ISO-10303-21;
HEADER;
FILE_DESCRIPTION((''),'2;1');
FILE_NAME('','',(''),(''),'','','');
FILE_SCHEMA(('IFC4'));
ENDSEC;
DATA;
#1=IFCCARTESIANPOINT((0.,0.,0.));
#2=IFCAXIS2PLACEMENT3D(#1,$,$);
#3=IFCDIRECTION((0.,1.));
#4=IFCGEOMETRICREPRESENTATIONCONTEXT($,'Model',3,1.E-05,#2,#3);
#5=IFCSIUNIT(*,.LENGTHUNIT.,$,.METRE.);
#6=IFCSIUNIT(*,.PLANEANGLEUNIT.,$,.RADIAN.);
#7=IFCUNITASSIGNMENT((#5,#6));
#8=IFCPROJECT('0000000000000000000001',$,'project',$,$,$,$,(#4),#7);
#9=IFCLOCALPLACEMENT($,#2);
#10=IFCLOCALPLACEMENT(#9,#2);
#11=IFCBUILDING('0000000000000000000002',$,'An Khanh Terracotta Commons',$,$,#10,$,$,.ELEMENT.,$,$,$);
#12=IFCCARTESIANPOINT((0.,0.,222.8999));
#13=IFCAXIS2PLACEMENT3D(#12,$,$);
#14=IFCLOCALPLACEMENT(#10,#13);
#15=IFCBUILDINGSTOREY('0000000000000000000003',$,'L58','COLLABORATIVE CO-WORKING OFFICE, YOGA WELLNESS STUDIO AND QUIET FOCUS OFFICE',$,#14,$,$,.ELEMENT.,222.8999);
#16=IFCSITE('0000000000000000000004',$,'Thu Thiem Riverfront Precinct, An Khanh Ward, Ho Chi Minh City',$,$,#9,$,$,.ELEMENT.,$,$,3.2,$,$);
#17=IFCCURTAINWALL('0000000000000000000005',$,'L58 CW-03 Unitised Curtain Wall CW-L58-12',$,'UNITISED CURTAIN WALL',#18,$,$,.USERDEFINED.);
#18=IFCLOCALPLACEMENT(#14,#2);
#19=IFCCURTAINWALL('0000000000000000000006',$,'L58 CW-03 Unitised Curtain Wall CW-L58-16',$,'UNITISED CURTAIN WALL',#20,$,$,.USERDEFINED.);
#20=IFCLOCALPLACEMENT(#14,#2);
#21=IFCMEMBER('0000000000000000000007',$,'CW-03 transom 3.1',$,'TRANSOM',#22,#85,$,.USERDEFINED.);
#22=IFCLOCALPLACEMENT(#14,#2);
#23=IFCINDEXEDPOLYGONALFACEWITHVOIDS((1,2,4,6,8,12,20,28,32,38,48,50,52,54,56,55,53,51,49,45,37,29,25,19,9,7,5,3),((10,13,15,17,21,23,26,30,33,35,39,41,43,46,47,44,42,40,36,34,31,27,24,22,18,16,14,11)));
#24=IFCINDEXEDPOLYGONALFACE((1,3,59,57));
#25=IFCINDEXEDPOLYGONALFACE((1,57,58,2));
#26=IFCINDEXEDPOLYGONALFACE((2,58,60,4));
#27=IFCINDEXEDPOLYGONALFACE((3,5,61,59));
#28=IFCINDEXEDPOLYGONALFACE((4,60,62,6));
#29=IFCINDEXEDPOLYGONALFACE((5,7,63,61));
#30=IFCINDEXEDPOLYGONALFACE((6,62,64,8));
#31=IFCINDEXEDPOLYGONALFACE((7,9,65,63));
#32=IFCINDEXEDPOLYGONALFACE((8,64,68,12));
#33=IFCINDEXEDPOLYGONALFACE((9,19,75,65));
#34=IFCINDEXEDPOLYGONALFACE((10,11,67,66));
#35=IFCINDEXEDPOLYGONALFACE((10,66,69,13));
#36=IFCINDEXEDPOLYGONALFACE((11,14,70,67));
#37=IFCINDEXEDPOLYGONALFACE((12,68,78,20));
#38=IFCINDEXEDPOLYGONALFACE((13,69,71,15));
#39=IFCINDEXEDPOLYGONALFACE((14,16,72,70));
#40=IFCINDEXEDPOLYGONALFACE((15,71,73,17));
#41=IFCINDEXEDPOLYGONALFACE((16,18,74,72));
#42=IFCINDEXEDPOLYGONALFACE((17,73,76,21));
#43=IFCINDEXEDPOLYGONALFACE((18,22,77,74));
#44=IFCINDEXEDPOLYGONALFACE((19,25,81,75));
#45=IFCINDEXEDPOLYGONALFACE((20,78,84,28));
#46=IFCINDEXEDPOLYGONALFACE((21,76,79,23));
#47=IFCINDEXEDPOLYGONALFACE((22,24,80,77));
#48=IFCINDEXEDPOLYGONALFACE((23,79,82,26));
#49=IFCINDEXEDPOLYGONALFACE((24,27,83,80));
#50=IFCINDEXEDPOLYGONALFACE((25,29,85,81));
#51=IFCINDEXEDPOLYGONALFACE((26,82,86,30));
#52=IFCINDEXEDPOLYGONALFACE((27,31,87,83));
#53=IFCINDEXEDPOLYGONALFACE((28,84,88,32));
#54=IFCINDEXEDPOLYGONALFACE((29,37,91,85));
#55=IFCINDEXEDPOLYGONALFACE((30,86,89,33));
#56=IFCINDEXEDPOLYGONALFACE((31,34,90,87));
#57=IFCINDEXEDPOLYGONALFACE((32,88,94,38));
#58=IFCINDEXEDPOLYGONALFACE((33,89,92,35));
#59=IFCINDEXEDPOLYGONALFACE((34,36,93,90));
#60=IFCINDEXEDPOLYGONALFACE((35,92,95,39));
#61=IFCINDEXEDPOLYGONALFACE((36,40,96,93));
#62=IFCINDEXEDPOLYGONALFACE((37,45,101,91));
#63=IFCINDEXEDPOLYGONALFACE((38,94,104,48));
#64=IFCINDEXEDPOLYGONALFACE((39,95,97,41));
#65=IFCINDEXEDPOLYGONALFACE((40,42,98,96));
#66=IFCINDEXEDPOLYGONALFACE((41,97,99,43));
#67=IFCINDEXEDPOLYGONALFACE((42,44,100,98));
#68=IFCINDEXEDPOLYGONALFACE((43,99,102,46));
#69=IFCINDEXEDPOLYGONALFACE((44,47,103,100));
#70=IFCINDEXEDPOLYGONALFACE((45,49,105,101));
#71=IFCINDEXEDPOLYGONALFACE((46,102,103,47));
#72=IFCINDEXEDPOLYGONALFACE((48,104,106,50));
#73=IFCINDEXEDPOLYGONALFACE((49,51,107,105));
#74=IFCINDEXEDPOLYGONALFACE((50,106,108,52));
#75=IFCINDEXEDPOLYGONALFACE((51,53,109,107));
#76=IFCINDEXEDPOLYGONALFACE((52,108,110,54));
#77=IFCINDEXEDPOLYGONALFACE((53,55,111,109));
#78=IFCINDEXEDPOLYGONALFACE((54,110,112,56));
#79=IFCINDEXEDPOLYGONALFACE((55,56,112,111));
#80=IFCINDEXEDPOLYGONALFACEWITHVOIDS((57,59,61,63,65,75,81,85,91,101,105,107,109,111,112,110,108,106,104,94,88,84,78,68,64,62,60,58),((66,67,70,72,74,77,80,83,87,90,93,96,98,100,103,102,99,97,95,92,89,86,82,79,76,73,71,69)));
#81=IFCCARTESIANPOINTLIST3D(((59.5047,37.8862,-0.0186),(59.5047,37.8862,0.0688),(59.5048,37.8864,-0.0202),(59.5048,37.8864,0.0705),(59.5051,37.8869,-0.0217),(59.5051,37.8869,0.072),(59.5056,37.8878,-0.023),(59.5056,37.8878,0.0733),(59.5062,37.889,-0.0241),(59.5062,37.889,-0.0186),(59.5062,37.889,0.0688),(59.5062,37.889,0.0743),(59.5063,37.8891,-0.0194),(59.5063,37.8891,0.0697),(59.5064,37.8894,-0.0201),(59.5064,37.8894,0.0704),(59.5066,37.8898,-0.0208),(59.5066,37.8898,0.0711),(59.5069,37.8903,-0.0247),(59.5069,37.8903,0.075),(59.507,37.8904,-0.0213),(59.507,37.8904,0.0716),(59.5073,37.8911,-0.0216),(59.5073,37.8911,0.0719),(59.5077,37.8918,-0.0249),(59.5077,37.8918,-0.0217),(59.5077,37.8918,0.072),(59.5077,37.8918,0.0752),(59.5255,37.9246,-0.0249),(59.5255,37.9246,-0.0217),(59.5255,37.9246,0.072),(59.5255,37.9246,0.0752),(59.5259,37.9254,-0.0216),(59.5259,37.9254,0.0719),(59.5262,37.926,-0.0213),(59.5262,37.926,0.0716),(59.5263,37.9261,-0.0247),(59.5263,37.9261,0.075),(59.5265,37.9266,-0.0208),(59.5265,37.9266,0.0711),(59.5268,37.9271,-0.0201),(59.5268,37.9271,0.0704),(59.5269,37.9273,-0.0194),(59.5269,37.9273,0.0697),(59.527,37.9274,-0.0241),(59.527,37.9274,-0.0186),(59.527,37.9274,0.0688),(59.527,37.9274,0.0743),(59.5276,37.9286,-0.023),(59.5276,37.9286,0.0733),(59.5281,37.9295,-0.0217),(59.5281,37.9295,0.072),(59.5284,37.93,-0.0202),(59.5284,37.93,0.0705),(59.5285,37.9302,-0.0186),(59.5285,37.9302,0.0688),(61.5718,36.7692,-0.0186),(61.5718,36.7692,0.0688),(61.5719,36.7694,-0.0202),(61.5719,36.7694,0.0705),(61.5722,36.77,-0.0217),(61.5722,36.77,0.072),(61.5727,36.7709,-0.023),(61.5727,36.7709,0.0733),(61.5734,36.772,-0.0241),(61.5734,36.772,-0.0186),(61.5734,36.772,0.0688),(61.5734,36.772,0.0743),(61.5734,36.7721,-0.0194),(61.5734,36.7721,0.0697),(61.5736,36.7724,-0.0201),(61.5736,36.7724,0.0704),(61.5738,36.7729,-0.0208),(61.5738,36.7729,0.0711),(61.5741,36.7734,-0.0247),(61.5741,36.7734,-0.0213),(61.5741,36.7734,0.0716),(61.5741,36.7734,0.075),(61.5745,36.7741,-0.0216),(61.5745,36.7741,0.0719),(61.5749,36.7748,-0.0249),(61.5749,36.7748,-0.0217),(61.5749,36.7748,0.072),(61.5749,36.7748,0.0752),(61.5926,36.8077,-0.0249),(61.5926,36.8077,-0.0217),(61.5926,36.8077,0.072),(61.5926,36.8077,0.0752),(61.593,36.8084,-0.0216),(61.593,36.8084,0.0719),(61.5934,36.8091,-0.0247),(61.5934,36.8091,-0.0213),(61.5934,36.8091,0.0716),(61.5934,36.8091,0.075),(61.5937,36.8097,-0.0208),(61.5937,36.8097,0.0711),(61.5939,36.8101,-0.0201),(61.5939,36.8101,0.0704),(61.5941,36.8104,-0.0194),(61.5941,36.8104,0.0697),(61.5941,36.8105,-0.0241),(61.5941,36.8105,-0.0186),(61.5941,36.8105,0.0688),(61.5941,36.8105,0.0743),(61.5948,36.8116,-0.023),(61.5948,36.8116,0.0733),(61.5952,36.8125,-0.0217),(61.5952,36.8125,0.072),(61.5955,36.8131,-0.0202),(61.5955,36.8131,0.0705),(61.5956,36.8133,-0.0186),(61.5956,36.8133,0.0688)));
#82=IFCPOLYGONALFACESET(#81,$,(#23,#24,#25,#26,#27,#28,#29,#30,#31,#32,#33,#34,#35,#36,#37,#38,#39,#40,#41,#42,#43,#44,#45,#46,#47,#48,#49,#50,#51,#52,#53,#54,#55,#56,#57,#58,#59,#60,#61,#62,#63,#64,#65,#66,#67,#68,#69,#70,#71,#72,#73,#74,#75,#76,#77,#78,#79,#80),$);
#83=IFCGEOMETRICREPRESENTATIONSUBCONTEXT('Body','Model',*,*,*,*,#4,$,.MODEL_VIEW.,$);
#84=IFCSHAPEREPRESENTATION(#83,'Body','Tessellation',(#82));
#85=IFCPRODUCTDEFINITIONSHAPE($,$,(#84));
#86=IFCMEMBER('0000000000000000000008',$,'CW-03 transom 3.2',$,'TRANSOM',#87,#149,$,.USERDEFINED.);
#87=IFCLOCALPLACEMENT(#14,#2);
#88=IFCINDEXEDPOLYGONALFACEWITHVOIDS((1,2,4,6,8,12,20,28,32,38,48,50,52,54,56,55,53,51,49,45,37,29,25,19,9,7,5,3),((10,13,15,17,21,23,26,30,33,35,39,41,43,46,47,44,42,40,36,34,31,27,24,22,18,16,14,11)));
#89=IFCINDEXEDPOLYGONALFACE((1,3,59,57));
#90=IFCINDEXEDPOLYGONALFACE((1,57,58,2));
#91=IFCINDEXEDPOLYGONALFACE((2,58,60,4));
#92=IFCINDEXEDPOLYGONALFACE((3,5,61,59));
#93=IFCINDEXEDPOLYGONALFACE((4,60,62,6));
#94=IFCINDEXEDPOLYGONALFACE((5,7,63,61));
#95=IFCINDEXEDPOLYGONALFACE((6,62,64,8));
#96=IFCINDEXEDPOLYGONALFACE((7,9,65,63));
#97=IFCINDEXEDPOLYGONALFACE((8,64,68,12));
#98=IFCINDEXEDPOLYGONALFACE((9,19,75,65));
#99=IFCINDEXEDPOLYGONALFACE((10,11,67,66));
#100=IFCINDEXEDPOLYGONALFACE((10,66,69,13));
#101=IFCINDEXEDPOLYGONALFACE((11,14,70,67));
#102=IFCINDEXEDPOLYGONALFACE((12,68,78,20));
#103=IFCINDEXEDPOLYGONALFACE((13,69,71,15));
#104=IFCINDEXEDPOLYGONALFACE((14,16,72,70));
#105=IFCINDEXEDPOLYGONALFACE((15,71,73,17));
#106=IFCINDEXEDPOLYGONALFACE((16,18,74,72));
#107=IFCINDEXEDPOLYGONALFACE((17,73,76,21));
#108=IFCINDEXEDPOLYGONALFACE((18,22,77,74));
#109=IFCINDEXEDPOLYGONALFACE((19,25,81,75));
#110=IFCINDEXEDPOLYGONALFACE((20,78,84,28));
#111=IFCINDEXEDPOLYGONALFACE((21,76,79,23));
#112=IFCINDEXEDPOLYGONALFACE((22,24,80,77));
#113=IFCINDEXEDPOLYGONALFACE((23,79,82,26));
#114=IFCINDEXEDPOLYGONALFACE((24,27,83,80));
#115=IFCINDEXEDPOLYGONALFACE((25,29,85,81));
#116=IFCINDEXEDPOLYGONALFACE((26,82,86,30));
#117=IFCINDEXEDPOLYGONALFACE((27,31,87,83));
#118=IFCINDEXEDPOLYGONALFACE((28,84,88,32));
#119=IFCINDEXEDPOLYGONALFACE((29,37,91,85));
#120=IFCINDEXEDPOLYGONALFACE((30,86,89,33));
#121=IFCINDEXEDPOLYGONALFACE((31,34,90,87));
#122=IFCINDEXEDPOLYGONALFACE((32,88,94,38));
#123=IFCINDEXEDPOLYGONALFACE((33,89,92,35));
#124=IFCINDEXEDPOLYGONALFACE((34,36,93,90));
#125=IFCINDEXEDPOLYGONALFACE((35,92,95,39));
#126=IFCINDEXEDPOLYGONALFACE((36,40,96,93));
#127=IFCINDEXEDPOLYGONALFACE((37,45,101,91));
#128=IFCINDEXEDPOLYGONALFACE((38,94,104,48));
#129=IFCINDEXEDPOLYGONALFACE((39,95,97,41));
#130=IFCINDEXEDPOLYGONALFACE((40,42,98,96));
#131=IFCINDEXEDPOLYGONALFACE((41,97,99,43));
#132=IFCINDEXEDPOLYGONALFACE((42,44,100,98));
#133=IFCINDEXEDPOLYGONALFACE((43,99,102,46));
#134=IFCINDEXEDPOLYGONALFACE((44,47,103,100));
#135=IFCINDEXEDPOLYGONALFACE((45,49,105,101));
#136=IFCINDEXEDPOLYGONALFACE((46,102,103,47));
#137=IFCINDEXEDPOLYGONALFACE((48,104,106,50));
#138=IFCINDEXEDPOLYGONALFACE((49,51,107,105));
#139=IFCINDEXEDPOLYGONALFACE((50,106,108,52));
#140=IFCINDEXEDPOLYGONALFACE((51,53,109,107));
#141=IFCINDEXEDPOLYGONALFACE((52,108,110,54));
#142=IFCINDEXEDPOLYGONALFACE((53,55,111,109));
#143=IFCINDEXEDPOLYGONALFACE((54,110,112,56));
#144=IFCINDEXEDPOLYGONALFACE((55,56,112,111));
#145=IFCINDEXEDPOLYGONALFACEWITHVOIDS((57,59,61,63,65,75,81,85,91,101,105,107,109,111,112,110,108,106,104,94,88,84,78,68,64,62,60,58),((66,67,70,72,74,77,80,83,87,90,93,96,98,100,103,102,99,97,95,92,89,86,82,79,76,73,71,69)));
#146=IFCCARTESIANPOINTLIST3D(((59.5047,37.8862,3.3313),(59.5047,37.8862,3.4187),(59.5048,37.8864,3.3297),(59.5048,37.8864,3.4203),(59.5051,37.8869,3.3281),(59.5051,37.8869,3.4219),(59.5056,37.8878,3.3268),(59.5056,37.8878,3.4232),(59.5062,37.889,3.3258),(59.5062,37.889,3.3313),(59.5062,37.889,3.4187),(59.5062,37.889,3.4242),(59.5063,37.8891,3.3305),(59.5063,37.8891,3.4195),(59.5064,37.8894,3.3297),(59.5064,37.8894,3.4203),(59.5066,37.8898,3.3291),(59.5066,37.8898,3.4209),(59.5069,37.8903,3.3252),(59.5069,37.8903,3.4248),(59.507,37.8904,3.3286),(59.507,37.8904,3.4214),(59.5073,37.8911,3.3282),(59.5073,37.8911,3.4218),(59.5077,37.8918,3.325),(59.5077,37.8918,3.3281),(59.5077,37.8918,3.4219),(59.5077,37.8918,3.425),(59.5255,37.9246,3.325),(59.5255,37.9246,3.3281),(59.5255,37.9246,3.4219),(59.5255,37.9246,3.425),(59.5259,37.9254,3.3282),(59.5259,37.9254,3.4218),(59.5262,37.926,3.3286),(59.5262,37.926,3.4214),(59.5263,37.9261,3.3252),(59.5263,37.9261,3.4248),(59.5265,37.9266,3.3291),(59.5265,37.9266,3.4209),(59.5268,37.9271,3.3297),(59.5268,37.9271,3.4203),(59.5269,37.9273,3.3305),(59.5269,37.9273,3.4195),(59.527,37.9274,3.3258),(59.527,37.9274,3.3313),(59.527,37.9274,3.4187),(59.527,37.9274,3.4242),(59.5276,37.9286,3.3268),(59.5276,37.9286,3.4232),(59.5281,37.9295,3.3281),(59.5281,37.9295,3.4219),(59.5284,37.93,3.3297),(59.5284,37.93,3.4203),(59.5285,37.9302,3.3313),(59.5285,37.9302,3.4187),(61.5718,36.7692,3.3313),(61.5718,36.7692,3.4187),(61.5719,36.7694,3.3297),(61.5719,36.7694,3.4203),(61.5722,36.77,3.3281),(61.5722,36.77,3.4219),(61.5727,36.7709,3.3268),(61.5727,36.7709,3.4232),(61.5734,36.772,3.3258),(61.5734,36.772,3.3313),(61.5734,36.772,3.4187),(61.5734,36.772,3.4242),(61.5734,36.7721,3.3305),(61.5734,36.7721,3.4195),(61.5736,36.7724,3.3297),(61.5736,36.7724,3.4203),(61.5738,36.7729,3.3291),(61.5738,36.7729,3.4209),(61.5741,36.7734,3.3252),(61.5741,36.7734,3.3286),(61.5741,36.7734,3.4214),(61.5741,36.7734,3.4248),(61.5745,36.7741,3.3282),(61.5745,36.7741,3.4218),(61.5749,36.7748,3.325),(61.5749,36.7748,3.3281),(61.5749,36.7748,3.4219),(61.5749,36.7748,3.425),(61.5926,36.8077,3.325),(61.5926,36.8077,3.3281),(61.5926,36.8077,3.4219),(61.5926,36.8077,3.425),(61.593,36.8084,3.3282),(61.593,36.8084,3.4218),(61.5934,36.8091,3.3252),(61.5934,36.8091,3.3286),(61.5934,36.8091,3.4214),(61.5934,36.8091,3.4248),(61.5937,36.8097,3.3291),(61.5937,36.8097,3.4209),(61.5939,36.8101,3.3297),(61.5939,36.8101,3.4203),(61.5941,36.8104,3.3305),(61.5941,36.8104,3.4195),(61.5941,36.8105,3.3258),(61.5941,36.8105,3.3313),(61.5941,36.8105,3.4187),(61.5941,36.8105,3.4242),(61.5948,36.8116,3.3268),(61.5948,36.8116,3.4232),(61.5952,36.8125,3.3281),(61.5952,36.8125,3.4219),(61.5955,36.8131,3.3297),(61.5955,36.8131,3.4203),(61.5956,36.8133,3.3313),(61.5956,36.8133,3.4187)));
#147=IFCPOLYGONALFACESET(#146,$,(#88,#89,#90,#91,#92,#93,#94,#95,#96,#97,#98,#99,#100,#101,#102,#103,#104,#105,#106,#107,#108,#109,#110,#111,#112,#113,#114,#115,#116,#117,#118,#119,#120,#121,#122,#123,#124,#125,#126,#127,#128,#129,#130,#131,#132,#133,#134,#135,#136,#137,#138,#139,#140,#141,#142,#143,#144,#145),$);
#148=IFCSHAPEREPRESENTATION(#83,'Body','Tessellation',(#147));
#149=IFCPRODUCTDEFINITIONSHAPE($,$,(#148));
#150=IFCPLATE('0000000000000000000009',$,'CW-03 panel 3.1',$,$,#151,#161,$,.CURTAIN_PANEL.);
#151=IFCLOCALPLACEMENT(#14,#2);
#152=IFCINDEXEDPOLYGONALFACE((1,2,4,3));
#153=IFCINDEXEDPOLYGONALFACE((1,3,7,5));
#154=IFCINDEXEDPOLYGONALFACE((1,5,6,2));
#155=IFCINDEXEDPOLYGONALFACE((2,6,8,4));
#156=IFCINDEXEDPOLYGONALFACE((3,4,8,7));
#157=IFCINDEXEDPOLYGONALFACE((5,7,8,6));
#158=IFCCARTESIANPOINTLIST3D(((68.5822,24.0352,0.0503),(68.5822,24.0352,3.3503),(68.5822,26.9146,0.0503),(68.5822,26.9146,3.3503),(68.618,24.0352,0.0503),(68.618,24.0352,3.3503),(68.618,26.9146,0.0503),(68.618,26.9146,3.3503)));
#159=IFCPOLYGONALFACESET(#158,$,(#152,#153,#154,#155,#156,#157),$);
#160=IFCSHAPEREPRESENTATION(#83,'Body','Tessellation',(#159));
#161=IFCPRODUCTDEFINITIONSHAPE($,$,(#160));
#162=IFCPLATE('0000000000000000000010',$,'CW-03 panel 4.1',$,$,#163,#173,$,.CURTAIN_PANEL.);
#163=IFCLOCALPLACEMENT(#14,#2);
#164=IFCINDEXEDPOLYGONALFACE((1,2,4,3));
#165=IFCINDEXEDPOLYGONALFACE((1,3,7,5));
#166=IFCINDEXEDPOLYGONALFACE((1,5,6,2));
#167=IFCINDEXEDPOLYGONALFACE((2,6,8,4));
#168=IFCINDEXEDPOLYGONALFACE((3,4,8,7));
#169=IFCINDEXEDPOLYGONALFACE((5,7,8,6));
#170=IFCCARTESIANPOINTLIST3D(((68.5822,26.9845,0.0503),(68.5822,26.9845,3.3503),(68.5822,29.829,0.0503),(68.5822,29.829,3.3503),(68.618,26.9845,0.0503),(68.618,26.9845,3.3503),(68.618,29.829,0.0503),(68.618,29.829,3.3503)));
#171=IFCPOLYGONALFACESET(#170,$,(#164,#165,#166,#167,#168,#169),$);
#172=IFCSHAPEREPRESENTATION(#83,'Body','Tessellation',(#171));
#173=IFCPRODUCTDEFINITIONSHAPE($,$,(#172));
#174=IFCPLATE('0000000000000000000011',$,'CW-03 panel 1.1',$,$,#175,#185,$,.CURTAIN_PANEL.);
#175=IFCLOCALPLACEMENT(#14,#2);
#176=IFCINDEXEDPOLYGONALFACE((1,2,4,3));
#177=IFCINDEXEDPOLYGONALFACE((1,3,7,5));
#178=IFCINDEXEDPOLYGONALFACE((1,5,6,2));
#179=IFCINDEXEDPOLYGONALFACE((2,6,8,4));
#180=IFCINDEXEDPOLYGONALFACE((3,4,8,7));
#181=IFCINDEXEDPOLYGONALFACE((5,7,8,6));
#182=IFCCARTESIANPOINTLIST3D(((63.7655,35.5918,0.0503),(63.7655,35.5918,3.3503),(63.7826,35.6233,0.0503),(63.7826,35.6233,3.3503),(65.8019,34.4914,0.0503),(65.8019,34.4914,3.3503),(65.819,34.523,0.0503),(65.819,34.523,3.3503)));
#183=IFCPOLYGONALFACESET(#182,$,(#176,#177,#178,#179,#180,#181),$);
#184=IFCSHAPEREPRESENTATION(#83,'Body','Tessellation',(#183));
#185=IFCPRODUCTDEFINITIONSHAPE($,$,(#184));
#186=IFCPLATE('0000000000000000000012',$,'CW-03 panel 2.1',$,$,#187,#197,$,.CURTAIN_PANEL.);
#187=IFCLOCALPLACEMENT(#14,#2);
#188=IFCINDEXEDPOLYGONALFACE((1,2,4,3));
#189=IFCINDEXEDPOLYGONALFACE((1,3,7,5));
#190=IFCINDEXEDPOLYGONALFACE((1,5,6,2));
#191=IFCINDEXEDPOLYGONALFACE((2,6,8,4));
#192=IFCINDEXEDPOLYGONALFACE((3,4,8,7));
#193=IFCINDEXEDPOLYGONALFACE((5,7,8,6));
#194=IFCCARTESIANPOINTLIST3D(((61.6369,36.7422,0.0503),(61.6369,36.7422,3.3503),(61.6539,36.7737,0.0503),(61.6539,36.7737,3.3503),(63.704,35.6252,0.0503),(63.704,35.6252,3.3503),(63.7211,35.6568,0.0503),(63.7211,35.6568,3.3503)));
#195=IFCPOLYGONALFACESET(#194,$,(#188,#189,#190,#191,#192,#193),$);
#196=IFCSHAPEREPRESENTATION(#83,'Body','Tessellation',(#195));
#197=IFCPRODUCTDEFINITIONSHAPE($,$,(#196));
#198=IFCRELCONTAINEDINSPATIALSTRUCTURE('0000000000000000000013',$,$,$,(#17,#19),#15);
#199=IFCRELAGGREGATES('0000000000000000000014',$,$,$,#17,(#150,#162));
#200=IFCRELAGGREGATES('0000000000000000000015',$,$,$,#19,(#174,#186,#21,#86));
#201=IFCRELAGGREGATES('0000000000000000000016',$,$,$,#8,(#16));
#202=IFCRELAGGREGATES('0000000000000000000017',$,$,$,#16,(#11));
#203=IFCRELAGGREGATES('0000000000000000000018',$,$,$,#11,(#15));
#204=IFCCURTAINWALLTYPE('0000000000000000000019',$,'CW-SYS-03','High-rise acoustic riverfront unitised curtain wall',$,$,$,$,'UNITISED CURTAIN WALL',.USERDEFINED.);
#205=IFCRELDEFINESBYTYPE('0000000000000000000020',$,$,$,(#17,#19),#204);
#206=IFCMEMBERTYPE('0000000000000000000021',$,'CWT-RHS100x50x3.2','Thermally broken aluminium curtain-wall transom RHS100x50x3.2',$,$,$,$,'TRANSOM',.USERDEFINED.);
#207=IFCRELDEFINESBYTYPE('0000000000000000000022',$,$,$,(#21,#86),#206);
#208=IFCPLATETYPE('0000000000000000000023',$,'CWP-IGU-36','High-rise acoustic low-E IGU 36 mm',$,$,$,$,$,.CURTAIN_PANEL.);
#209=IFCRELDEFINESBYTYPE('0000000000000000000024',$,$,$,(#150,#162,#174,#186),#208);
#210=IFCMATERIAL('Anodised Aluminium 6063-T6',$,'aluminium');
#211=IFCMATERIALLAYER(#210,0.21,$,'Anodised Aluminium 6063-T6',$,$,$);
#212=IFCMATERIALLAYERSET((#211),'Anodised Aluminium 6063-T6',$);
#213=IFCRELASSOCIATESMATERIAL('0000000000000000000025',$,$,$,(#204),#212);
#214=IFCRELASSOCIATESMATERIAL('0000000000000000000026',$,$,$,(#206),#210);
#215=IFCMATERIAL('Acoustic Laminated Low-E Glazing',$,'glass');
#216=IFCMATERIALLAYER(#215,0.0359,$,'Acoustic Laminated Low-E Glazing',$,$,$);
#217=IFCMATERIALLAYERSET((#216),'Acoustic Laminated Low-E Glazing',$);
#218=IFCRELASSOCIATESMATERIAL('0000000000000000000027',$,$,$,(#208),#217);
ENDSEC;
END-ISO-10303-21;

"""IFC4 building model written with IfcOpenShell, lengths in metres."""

from ifc_helpers import new_model, si_unit, direction, frame, origin, origin_2d, place, context, subcontext, project, spatial, rectangle, hollow_rectangle, extrude, material, layer, layer_set, material_profile, profile_set, type_object, element, aggregate, save


model = new_model("IFC4")

# Units and contexts
model_context = context("Model", 3, precision=1e-05, world=origin(), true_north=direction((0.0, 1.0)))
body_context = subcontext(model_context, "Body", "Model", "MODEL_VIEW")
ifc_project = project(units=[si_unit("LENGTHUNIT", "METRE"), si_unit("PLANEANGLEUNIT", "RADIAN")], contexts=[model_context])

# Site, building, storey
site_placement = place(None, origin())
site = spatial("IfcSite", under=ifc_project, at=site_placement, Name="Thu Thiem Riverfront Precinct, An Khanh Ward, Ho Chi Minh City", CompositionType="ELEMENT", RefElevation=3.2)
building_placement = place(site_placement, origin())
building = spatial("IfcBuilding", under=site, at=building_placement, Name="An Khanh Terracotta Commons", CompositionType="ELEMENT")
storey_placement = place(building_placement, frame((0.0, 0.0, 222.8999)))
storey = spatial("IfcBuildingStorey", under=building, at=storey_placement, Name="L58", Description="COLLABORATIVE CO-WORKING OFFICE, YOGA WELLNESS STUDIO AND QUIET FOCUS OFFICE", CompositionType="ELEMENT", Elevation=222.8999)

# Curtain walls
ifc_material_1 = material(Name="Anodised Aluminium 6063-T6", Category="aluminium")
ifc_layer_1 = layer(ifc_material_1, 0.21, Name="Anodised Aluminium 6063-T6")
ifc_layer_set_1 = layer_set([ifc_layer_1], Name="Anodised Aluminium 6063-T6")
curtain_wall_type = type_object("IfcCurtainWallType", Name="CW-SYS-03", Description="High-rise acoustic riverfront unitised curtain wall", ElementType="UNITISED CURTAIN WALL", PredefinedType="USERDEFINED", material=ifc_layer_set_1)
curtain_wall_1_placement = place(storey_placement, origin())
curtain_wall_1 = element("IfcCurtainWall", 1, at=curtain_wall_1_placement, inside=storey, type_object=curtain_wall_type, Name="L58 CW-03 Unitised Curtain Wall CW-L58-12", ObjectType="UNITISED CURTAIN WALL", PredefinedType="USERDEFINED")
curtain_wall_2_placement = place(storey_placement, origin())
curtain_wall_2 = element("IfcCurtainWall", 2, at=curtain_wall_2_placement, inside=storey, type_object=curtain_wall_type, Name="L58 CW-03 Unitised Curtain Wall CW-L58-16", ObjectType="UNITISED CURTAIN WALL", PredefinedType="USERDEFINED")

# Members
ifc_material_profile_1 = material_profile(ifc_material_1, hollow_rectangle(XDim=0.05, YDim=0.1001, WallThickness=0.0032, InnerFilletRadius=0.0032, OuterFilletRadius=0.0063, at=origin_2d()), Name="RHS100x50x3.2")
ifc_profile_set_1 = profile_set([ifc_material_profile_1], Name="Anodised Aluminium 6063-T6")
member_type_1 = type_object("IfcMemberType", Name="CWT-RHS100x50x3.2", Description="Thermally broken aluminium curtain-wall transom RHS100x50x3.2", ElementType="TRANSOM", PredefinedType="USERDEFINED", material=ifc_profile_set_1)
member_1_placement = place(storey_placement, frame((61.5837, 36.7913, 0.0251), z_axis=(-0.879783, 0.475376, 0.0), x_axis=(-0.475376, -0.879783, 0.0)))
member_1 = element("IfcMember", 3, at=member_1_placement, type_object=member_type_1, Name="CW-03 transom 3.1", ObjectType="TRANSOM", PredefinedType="USERDEFINED", context=body_context, shape_type="SweptSolid", body=[
    extrude(hollow_rectangle(XDim=0.05, YDim=0.1001, WallThickness=0.0032, InnerFilletRadius=0.0032, OuterFilletRadius=0.0063, at=origin_2d()), origin(), (0.0, 0.0, 1.0), 2.3496),
])
member_2_placement = place(storey_placement, frame((61.5837, 36.7913, 3.375), z_axis=(-0.879783, 0.475376, 0.0), x_axis=(-0.475376, -0.879783, 0.0)))
member_2 = element("IfcMember", 4, at=member_2_placement, type_object=member_type_1, Name="CW-03 transom 3.2", ObjectType="TRANSOM", PredefinedType="USERDEFINED", context=body_context, shape_type="SweptSolid", body=[
    extrude(hollow_rectangle(XDim=0.05, YDim=0.1001, WallThickness=0.0032, InnerFilletRadius=0.0032, OuterFilletRadius=0.0063, at=origin_2d()), origin(), (0.0, 0.0, 1.0), 2.3496),
])

# Plates
ifc_material_2 = material(Name="Acoustic Laminated Low-E Glazing", Category="glass")
ifc_layer_2 = layer(ifc_material_2, 0.0359, Name="Acoustic Laminated Low-E Glazing")
ifc_layer_set_2 = layer_set([ifc_layer_2], Name="Acoustic Laminated Low-E Glazing")
plate_type = type_object("IfcPlateType", Name="CWP-IGU-36", Description="High-rise acoustic low-E IGU 36 mm", PredefinedType="CURTAIN_PANEL", material=ifc_layer_set_2)
plate_1_placement = place(storey_placement, frame((68.6001, 25.4749, 0.0503), z_axis=(0.0, 0.0, 1.0), x_axis=(0.0, 1.0, 0.0)))
plate_1 = element("IfcPlate", 5, at=plate_1_placement, type_object=plate_type, Name="CW-03 panel 3.1", PredefinedType="CURTAIN_PANEL", context=body_context, shape_type="SweptSolid", body=[
    extrude(rectangle(XDim=2.8794, YDim=0.0359, at=origin_2d()), origin(), (0.0, 0.0, 1.0), 3.3),
])
plate_2_placement = place(storey_placement, frame((68.6001, 28.4067, 0.0503), z_axis=(0.0, 0.0, 1.0), x_axis=(0.0, 1.0, 0.0)))
plate_2 = element("IfcPlate", 6, at=plate_2_placement, type_object=plate_type, Name="CW-03 panel 4.1", PredefinedType="CURTAIN_PANEL", context=body_context, shape_type="SweptSolid", body=[
    extrude(rectangle(XDim=2.8445, YDim=0.0359, at=origin_2d()), origin(), (0.0, 0.0, 1.0), 3.3),
])
aggregate(curtain_wall_1, [plate_1, plate_2])
plate_3_placement = place(storey_placement, frame((64.7922, 35.0574, 0.0503), z_axis=(0.0, 0.0, 1.0), x_axis=(-0.87978, 0.475381, 0.0)))
plate_3 = element("IfcPlate", 7, at=plate_3_placement, type_object=plate_type, Name="CW-03 panel 1.1", PredefinedType="CURTAIN_PANEL", context=body_context, shape_type="SweptSolid", body=[
    extrude(rectangle(XDim=2.3147, YDim=0.0359, at=origin_2d()), origin(), (0.0, 0.0, 1.0), 3.3),
])
plate_4_placement = place(storey_placement, frame((62.679, 36.1995, 0.0503), z_axis=(0.0, 0.0, 1.0), x_axis=(-0.87978, 0.475381, 0.0)))
plate_4 = element("IfcPlate", 8, at=plate_4_placement, type_object=plate_type, Name="CW-03 panel 2.1", PredefinedType="CURTAIN_PANEL", context=body_context, shape_type="SweptSolid", body=[
    extrude(rectangle(XDim=2.3496, YDim=0.0359, at=origin_2d()), origin(), (0.0, 0.0, 1.0), 3.3),
])
aggregate(curtain_wall_2, [plate_3, plate_4, member_1, member_2])

save(model, "model.ifc")
